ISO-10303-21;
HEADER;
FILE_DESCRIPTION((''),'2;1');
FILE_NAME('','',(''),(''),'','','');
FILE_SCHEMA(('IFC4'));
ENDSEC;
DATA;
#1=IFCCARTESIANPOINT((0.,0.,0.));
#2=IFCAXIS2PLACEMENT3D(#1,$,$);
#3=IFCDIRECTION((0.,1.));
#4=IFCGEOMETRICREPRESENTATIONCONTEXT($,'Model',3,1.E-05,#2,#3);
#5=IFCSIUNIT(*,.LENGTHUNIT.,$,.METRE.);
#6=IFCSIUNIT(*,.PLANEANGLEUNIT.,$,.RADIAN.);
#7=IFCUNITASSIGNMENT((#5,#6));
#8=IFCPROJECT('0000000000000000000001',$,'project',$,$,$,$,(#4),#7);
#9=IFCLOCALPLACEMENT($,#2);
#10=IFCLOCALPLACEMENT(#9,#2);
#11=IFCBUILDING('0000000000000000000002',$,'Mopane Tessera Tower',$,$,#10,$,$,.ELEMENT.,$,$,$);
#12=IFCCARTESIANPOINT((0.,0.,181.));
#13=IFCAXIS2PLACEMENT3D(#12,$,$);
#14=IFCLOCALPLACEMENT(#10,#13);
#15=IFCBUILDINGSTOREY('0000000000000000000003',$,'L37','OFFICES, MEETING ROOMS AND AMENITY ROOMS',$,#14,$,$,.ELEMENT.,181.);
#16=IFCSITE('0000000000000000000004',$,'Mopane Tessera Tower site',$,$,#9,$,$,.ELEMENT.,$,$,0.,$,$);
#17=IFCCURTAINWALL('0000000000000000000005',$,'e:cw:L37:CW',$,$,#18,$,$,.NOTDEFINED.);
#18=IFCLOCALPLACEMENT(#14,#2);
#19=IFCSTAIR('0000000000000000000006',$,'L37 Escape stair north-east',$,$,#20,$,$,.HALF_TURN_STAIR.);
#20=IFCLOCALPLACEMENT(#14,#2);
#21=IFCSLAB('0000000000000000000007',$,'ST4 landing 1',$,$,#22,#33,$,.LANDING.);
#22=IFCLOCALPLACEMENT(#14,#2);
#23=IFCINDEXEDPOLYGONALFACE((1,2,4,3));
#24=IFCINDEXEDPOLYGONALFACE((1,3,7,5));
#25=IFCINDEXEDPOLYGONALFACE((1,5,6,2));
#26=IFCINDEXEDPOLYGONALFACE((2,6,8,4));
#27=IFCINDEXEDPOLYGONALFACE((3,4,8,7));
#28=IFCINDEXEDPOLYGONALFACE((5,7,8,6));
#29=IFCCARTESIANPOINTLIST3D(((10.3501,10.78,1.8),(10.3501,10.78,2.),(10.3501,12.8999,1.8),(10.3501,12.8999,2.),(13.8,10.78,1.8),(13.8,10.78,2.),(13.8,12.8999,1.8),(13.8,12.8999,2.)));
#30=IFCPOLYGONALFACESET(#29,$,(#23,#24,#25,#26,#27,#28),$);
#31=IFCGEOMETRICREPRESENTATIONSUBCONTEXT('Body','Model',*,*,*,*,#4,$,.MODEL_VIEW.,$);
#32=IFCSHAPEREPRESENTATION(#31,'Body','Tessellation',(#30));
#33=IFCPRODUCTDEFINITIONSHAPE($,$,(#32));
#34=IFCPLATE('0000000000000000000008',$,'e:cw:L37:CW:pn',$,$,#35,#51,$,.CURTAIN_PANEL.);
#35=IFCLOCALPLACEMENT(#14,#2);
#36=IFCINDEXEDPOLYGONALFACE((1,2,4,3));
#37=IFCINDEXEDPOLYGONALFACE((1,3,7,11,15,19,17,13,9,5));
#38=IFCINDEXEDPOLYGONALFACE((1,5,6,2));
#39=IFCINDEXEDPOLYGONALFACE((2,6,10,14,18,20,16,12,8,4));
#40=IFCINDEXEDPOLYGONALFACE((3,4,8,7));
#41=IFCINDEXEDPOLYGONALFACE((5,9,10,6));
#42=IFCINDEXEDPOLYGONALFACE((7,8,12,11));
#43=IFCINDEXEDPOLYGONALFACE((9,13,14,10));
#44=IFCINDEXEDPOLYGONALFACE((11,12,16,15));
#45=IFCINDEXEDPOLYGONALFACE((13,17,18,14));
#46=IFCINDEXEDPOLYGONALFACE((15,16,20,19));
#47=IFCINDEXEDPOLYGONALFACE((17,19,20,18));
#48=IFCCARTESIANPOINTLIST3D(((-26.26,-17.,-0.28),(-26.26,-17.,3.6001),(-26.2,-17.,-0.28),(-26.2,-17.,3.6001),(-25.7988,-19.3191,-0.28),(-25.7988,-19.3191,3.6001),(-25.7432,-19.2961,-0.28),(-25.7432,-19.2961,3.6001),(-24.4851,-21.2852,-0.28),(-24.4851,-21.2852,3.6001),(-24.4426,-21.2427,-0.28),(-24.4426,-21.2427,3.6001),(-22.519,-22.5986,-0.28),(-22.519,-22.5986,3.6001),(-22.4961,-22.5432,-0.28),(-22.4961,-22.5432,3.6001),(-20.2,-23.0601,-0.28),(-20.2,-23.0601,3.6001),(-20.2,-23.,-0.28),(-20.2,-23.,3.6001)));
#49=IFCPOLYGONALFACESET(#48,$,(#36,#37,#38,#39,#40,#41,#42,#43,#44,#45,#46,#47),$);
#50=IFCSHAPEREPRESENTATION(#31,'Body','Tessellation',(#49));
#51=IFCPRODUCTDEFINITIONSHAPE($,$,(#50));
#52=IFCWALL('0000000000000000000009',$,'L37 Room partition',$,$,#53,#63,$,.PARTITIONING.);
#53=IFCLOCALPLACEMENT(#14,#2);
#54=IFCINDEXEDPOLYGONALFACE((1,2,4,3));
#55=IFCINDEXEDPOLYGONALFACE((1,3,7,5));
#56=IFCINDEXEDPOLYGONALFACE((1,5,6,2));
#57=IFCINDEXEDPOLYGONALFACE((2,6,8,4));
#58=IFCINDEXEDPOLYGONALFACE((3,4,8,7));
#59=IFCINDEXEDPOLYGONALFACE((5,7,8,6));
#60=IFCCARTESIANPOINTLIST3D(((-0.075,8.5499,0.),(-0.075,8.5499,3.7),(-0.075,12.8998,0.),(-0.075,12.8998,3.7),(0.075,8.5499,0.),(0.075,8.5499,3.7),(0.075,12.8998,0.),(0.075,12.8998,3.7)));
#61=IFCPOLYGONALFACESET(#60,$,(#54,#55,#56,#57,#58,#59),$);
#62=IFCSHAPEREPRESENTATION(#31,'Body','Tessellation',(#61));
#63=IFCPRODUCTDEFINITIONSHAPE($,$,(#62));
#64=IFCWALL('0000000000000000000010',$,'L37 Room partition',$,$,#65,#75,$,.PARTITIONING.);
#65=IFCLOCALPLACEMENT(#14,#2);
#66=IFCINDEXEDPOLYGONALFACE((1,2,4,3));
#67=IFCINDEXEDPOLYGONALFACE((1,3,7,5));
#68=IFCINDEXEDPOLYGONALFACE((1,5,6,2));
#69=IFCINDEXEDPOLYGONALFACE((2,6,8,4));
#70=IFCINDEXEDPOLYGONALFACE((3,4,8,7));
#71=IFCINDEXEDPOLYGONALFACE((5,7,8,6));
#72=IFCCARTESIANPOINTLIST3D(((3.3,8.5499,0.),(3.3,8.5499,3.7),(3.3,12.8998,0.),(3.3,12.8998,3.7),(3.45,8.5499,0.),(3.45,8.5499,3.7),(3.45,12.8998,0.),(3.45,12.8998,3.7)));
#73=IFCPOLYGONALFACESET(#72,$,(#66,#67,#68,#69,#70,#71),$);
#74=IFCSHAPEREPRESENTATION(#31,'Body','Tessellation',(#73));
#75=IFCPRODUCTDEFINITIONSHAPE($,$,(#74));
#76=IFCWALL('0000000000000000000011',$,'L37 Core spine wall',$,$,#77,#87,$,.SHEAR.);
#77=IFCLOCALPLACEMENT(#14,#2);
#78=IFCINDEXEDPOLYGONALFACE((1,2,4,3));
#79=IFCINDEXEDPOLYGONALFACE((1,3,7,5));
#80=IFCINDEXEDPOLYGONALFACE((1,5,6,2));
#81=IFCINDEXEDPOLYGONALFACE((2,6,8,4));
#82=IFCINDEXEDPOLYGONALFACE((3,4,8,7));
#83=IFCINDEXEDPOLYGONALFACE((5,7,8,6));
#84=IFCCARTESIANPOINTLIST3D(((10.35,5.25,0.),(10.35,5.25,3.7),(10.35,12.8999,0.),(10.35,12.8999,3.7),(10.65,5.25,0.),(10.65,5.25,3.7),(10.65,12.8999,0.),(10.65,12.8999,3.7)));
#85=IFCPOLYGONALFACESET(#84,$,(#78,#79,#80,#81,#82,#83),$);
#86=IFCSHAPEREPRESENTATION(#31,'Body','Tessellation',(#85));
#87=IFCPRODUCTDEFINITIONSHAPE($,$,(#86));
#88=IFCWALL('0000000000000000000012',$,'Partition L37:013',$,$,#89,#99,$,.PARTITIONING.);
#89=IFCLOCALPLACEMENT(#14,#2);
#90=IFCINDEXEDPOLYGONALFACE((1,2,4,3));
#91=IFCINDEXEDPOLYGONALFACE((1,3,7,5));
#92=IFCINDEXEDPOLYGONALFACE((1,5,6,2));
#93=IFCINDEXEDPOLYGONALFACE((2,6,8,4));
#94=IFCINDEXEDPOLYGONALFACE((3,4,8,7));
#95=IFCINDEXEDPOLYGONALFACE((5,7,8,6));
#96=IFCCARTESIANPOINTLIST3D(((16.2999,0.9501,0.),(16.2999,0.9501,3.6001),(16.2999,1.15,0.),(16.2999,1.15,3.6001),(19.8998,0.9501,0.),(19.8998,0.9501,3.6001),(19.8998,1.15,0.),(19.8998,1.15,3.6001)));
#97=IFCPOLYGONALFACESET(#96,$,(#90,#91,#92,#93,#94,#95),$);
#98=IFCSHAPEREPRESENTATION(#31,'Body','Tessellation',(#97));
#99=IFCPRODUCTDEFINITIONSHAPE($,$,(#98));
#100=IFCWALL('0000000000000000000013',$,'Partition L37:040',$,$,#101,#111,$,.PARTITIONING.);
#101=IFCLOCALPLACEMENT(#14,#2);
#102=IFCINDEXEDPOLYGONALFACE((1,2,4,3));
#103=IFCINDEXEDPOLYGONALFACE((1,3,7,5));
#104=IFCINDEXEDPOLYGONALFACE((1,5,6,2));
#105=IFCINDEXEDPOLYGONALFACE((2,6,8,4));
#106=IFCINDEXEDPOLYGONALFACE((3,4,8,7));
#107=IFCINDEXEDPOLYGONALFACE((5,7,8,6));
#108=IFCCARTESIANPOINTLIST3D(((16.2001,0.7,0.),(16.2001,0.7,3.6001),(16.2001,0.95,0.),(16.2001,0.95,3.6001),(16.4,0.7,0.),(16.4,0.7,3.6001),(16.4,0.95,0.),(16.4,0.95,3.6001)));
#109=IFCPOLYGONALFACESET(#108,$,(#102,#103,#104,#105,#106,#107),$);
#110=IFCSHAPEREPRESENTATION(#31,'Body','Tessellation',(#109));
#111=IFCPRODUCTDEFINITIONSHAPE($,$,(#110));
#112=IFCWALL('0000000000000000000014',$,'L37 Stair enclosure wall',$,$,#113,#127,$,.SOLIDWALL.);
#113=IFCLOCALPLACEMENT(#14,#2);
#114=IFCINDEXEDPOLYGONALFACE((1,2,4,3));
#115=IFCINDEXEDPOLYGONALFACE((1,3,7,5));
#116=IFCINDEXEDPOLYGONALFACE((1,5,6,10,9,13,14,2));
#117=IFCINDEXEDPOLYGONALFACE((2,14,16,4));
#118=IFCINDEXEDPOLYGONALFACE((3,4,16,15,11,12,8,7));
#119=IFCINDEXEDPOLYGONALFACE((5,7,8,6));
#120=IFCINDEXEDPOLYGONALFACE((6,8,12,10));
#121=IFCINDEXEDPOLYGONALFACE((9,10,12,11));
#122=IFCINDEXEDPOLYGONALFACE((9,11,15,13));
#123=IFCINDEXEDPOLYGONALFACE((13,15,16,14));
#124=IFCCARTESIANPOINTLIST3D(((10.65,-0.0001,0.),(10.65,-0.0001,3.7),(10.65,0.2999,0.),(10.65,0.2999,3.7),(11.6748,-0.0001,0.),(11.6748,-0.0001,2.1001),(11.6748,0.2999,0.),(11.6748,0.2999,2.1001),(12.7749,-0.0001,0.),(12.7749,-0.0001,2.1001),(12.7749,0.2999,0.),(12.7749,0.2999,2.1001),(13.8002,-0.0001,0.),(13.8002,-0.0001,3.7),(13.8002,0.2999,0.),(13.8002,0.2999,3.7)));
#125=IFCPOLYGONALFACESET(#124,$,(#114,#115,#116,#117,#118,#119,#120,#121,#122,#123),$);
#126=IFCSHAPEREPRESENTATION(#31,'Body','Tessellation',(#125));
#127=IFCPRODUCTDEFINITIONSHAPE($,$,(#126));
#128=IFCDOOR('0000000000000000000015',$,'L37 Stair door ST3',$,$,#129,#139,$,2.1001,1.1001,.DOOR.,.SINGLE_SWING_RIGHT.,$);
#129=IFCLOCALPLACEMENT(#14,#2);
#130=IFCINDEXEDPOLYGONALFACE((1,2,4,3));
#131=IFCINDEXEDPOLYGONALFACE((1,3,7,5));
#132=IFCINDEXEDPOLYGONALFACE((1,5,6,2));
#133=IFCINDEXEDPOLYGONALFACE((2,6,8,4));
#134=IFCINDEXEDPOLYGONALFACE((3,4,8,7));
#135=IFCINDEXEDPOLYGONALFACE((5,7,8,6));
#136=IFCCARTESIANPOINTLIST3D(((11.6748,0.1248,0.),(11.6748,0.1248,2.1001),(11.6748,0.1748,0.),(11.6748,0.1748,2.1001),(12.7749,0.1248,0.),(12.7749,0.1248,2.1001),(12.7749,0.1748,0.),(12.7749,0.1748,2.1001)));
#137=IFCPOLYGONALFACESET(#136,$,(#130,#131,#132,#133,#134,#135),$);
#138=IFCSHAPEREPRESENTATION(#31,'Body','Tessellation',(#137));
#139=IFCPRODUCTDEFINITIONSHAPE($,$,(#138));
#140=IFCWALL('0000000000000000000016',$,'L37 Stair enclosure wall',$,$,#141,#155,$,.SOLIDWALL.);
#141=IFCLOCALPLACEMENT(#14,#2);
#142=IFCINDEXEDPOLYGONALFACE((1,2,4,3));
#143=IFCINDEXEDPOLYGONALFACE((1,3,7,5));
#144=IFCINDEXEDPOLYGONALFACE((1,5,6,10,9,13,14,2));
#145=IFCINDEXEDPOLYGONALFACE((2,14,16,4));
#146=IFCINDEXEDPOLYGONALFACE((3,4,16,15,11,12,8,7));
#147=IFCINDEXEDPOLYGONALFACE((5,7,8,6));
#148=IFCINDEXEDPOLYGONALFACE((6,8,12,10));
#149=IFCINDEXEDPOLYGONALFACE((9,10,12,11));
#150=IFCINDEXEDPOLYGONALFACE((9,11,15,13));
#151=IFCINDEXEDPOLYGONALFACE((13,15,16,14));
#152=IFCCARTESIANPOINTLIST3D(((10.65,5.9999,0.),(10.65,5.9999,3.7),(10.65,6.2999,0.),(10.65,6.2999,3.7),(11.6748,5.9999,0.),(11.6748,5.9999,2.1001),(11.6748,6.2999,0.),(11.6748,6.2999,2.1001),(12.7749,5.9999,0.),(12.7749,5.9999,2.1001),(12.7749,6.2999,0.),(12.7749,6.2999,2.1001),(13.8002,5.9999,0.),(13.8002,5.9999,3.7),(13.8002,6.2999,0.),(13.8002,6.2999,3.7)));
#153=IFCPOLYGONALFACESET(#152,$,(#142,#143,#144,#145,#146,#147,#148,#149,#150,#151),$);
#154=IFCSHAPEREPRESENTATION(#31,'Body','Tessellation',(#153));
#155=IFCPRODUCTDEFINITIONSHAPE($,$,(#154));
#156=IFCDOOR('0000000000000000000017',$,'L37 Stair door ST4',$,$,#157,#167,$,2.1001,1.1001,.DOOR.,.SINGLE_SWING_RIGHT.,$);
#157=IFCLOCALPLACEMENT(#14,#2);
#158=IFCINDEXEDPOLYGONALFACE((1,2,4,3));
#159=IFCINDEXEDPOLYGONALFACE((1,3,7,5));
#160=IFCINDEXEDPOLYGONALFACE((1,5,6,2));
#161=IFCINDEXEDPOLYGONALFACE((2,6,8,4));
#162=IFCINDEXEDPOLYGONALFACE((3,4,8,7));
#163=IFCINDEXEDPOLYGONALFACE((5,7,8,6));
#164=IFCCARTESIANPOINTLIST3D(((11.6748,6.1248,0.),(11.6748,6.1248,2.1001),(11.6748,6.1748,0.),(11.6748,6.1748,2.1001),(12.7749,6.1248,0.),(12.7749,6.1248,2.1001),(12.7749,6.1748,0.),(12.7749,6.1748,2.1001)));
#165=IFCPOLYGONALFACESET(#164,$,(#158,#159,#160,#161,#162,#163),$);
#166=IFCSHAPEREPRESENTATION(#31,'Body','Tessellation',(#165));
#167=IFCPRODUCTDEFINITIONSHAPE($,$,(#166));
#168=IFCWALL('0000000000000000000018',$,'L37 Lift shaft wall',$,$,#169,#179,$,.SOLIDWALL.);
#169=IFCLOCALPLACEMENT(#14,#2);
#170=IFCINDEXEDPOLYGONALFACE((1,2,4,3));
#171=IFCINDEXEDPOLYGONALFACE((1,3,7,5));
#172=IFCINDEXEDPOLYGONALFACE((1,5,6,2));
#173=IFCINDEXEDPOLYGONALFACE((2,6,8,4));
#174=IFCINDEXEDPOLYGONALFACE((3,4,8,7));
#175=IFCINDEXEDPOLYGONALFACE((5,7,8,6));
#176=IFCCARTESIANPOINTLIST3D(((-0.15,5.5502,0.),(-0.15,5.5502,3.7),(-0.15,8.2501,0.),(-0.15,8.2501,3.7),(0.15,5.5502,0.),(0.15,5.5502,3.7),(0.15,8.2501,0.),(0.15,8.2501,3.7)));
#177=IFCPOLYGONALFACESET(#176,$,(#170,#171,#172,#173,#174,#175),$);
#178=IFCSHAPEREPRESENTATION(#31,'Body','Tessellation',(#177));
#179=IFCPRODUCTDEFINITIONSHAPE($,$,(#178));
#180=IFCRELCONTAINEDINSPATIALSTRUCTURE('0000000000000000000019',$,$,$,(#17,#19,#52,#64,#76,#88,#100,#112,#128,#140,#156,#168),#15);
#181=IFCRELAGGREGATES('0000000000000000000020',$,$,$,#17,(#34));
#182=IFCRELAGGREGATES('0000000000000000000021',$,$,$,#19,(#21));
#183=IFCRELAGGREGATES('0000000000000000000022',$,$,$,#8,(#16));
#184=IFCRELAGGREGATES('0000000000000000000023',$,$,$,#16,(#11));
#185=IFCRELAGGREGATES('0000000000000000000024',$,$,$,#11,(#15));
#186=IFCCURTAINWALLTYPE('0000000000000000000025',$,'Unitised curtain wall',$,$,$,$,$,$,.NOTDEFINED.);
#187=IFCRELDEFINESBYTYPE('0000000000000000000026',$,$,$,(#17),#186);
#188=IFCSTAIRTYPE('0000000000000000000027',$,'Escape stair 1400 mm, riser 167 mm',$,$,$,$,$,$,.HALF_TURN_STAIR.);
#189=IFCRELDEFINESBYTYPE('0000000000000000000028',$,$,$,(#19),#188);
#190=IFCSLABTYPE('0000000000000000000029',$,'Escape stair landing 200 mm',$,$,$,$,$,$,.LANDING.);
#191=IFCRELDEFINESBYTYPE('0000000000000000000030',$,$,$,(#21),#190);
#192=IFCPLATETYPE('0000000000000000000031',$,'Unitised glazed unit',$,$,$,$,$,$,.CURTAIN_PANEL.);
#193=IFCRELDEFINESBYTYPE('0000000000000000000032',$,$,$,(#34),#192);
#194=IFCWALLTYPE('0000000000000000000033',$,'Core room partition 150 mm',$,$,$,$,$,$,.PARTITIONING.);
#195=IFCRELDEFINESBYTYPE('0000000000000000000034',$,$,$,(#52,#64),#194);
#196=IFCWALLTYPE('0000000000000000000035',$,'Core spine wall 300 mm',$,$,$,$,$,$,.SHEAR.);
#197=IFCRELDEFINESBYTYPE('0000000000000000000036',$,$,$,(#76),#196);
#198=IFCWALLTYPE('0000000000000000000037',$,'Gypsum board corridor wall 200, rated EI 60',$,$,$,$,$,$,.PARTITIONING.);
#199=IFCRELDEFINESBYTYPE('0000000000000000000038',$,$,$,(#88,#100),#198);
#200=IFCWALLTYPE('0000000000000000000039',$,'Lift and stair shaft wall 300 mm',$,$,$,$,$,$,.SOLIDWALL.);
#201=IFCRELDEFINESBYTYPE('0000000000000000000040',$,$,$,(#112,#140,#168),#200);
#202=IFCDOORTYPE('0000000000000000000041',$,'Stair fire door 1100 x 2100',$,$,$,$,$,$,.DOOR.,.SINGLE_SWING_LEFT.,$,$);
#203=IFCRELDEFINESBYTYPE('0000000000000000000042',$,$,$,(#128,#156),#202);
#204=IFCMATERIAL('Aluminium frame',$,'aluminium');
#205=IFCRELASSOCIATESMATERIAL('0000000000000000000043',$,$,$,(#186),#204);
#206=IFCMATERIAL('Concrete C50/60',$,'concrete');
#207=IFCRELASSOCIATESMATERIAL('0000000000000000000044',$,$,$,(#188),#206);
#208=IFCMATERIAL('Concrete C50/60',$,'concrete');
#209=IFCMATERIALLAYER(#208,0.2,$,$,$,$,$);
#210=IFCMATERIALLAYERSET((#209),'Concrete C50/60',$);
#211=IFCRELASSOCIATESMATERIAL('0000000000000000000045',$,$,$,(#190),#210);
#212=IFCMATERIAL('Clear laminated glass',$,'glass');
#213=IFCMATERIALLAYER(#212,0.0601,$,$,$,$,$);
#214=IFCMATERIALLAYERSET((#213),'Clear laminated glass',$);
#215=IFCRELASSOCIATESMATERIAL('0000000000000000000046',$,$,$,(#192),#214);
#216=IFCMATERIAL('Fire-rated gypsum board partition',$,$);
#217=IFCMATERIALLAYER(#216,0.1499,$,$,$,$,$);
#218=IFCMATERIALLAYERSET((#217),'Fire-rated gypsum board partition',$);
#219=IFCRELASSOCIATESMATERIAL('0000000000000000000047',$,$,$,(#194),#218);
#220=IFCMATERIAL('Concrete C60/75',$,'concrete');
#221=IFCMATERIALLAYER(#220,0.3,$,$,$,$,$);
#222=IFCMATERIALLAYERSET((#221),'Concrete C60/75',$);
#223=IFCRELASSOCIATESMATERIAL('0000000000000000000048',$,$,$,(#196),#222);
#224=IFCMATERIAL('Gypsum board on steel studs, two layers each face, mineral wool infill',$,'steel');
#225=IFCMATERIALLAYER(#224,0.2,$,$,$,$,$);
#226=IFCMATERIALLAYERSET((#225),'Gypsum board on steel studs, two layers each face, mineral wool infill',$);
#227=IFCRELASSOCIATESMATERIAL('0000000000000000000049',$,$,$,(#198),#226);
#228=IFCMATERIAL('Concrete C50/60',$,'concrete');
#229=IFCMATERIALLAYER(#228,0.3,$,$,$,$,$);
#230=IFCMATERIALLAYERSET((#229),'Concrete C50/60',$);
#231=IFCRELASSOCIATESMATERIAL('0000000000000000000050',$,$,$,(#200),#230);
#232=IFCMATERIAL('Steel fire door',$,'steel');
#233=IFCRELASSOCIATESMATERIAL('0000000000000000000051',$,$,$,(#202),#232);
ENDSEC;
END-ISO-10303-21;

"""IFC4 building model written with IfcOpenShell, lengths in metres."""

from ifc_helpers import new_model, si_unit, direction, frame, frame_2d, origin, place, context, subcontext, project, spatial, polyline, rectangle, outline, extrude, material, layer, layer_set, type_object, element, fill, aggregate, save


model = new_model("IFC4")

# Units and contexts
model_context = context("Model", 3, precision=1e-05, world=origin(), true_north=direction((0.0, 1.0)))
body_context = subcontext(model_context, "Body", "Model", "MODEL_VIEW")
ifc_project = project(units=[si_unit("LENGTHUNIT", "METRE"), si_unit("PLANEANGLEUNIT", "RADIAN")], contexts=[model_context])

# Site, building, storey
site_placement = place(None, origin())
site = spatial("IfcSite", under=ifc_project, at=site_placement, Name="Mopane Tessera Tower site", CompositionType="ELEMENT", RefElevation=0.0)
building_placement = place(site_placement, origin())
building = spatial("IfcBuilding", under=site, at=building_placement, Name="Mopane Tessera Tower", CompositionType="ELEMENT")
storey_placement = place(building_placement, frame((0.0, 0.0, 181.0)))
storey = spatial("IfcBuildingStorey", under=building, at=storey_placement, Name="L37", Description="OFFICES, MEETING ROOMS AND AMENITY ROOMS", CompositionType="ELEMENT", Elevation=181.0)

# Curtain wall
ifc_material_1 = material(Name="Aluminium frame", Category="aluminium")
curtain_wall_type = type_object("IfcCurtainWallType", Name="Unitised curtain wall", PredefinedType="NOTDEFINED", material=ifc_material_1)
curtain_wall_placement = place(storey_placement, origin())
curtain_wall = element("IfcCurtainWall", 1, at=curtain_wall_placement, inside=storey, type_object=curtain_wall_type, Name="e:cw:L37:CW", PredefinedType="NOTDEFINED")

# Stair, slab
ifc_material_2 = material(Name="Concrete C50/60", Category="concrete")
stair_type = type_object("IfcStairType", Name="Escape stair 1400 mm, riser 167 mm", PredefinedType="HALF_TURN_STAIR", material=ifc_material_2)
ifc_material_3 = material(Name="Concrete C50/60", Category="concrete")
ifc_layer_1 = layer(ifc_material_3, 0.2)
ifc_layer_set_1 = layer_set([ifc_layer_1], Name="Concrete C50/60")
slab_type_1 = type_object("IfcSlabType", Name="Escape stair landing 200 mm", PredefinedType="LANDING", material=ifc_layer_set_1)
stair_1_placement = place(storey_placement, origin())
stair_1 = element("IfcStair", 2, at=stair_1_placement, inside=storey, type_object=stair_type, Name="L37 Escape stair north-east", PredefinedType="HALF_TURN_STAIR")
slab_1_placement = place(storey_placement, frame((0.0, 0.0, 1.8)))
slab_1 = element("IfcSlab", 3, at=slab_1_placement, type_object=slab_type_1, Name="ST4 landing 1", PredefinedType="LANDING", context=body_context, shape_type="SweptSolid", body=[
    extrude(outline(polyline([(13.8, 10.78), (13.8, 12.8999), (10.3501, 12.8999), (10.3501, 10.78), (13.8, 10.78)])), origin(), (0.0, 0.0, 1.0), 0.2),
])

# Plate
ifc_material_4 = material(Name="Clear laminated glass", Category="glass")
ifc_layer_2 = layer(ifc_material_4, 0.0601)
ifc_layer_set_2 = layer_set([ifc_layer_2], Name="Clear laminated glass")
plate_type = type_object("IfcPlateType", Name="Unitised glazed unit", PredefinedType="CURTAIN_PANEL", material=ifc_layer_set_2)
plate_placement = place(storey_placement, frame((0.0, 0.0, -0.28)))
plate = element("IfcPlate", 4, at=plate_placement, type_object=plate_type, Name="e:cw:L37:CW:pn", PredefinedType="CURTAIN_PANEL", context=body_context, shape_type="SweptSolid", body=[
    extrude(outline(polyline([(-26.2, -17.0), (-25.7432, -19.2961), (-24.4426, -21.2427), (-22.4961, -22.5432), (-20.2, -23.0), (-20.2, -23.0601), (-22.519, -22.5986), (-24.4851, -21.2852), (-25.7988, -19.3191), (-26.26, -17.0), (-26.2, -17.0)])), origin(), (0.0, 0.0, 1.0), 3.8801),
])
aggregate(curtain_wall, [plate])

# Walls
ifc_material_5 = material(Name="Fire-rated gypsum board partition")
ifc_layer_3 = layer(ifc_material_5, 0.1499)
ifc_layer_set_3 = layer_set([ifc_layer_3], Name="Fire-rated gypsum board partition")
wall_type_1 = type_object("IfcWallType", Name="Core room partition 150 mm", PredefinedType="PARTITIONING", material=ifc_layer_set_3)
for number, where, z_axis, x_axis, name in (
    (5, (0.0, 8.55, 0.0), (0.0, 0.0, 1.0), (0.0, 1.0, 0.0), "L37 Room partition"),
    (6, (3.375, 8.55, 0.0), (0.0, 0.0, 1.0), (0.0, 1.0, 0.0), "L37 Room partition"),
):
    element("IfcWall", number, at=place(storey_placement, frame(where, z_axis=z_axis, x_axis=x_axis)), inside=storey, type_object=wall_type_1, Name=name, PredefinedType="PARTITIONING", context=body_context, shape_type="SweptSolid", body=[
        extrude(rectangle(XDim=4.3499, YDim=0.1499, at=frame_2d((2.1748, 0.0))), origin(), (0.0, 0.0, 1.0), 3.7),
    ])
ifc_material_6 = material(Name="Concrete C60/75", Category="concrete")
ifc_layer_4 = layer(ifc_material_6, 0.3)
ifc_layer_set_4 = layer_set([ifc_layer_4], Name="Concrete C60/75")
wall_type_2 = type_object("IfcWallType", Name="Core spine wall 300 mm", PredefinedType="SHEAR", material=ifc_layer_set_4)
wall_1_placement = place(storey_placement, frame((10.5, 5.25, 0.0), z_axis=(0.0, 0.0, 1.0), x_axis=(0.0, 1.0, 0.0)))
element("IfcWall", 7, at=wall_1_placement, inside=storey, type_object=wall_type_2, Name="L37 Core spine wall", PredefinedType="SHEAR", context=body_context, shape_type="SweptSolid", body=[
    extrude(rectangle(XDim=7.6499, YDim=0.3, at=frame_2d((3.825, 0.0))), origin(), (0.0, 0.0, 1.0), 3.7),
])
ifc_material_7 = material(Name="Gypsum board on steel studs, two layers each face, mineral wool infill", Category="steel")
ifc_layer_5 = layer(ifc_material_7, 0.2)
ifc_layer_set_5 = layer_set([ifc_layer_5], Name="Gypsum board on steel studs, two layers each face, mineral wool infill")
wall_type_3 = type_object("IfcWallType", Name="Gypsum board corridor wall 200, rated EI 60", PredefinedType="PARTITIONING", material=ifc_layer_set_5)
wall_2_placement = place(storey_placement, frame((16.3, 1.05, 0.0), z_axis=(0.0, 0.0, 1.0), x_axis=(1.0, 0.0, 0.0)))
element("IfcWall", 8, at=wall_2_placement, inside=storey, type_object=wall_type_3, Name="Partition L37:013", PredefinedType="PARTITIONING", context=body_context, shape_type="SweptSolid", body=[
    extrude(rectangle(XDim=3.5999, YDim=0.2, at=frame_2d((1.7998, 0.0))), origin(), (0.0, 0.0, 1.0), 3.6001),
])
wall_3_placement = place(storey_placement, frame((16.3, 0.7, 0.0), z_axis=(0.0, 0.0, 1.0), x_axis=(0.0, 1.0, 0.0)))
element("IfcWall", 9, at=wall_3_placement, inside=storey, type_object=wall_type_3, Name="Partition L37:040", PredefinedType="PARTITIONING", context=body_context, shape_type="SweptSolid", body=[
    extrude(rectangle(XDim=0.25, YDim=0.2, at=frame_2d((0.125, 0.0))), origin(), (0.0, 0.0, 1.0), 3.6001),
])

# Walls, openings, doors
ifc_material_8 = material(Name="Concrete C50/60", Category="concrete")
ifc_layer_6 = layer(ifc_material_8, 0.3)
ifc_layer_set_6 = layer_set([ifc_layer_6], Name="Concrete C50/60")
wall_type_4 = type_object("IfcWallType", Name="Lift and stair shaft wall 300 mm", PredefinedType="SOLIDWALL", material=ifc_layer_set_6)
wall_4_placement = place(storey_placement, frame((10.6499, 0.1499, 0.0), z_axis=(0.0, 0.0, 1.0), x_axis=(1.0, 0.0, 0.0)))
wall_4 = element("IfcWall", 10, at=wall_4_placement, inside=storey, type_object=wall_type_4, Name="L37 Stair enclosure wall", PredefinedType="SOLIDWALL", context=body_context, shape_type="SweptSolid", body=[
    extrude(rectangle(XDim=3.1501, YDim=0.3, at=frame_2d((1.5752, 0.0))), origin(), (0.0, 0.0, 1.0), 3.7),
])
opening_1_placement = place(wall_4_placement, frame((1.0249, 0.0, 0.0)))
opening_1 = element("IfcOpeningElement", 11, at=opening_1_placement, cuts=wall_4, PredefinedType="OPENING", context=body_context, shape_type="SweptSolid", body=[
    extrude(rectangle(XDim=1.1001, YDim=2.1001, at=frame_2d((0.55, 1.05))), frame((0.0, 0.1621, 0.0), z_axis=(0.0, -1.0, 0.0), x_axis=(1.0, 0.0, 0.0)), (0.0, 0.0, 1.0), 0.324),
])
ifc_material_9 = material(Name="Steel fire door", Category="steel")
door_type = type_object("IfcDoorType", Name="Stair fire door 1100 x 2100", OperationType="SINGLE_SWING_LEFT", PredefinedType="DOOR", material=ifc_material_9)
door_1_placement = place(opening_1_placement, origin())
door_1 = element("IfcDoor", 12, at=door_1_placement, inside=storey, type_object=door_type, Name="L37 Stair door ST3", OperationType="SINGLE_SWING_RIGHT", OverallHeight=2.1001, OverallWidth=1.1001, PredefinedType="DOOR", context=body_context, shape_type="SweptSolid", body=[
    extrude(rectangle(XDim=1.1001, YDim=2.1001, at=frame_2d((0.55, 1.05))), frame((0.0, 0.0249, 0.0), z_axis=(0.0, -1.0, 0.0), x_axis=(1.0, 0.0, 0.0)), (0.0, 0.0, 1.0), 0.05),
])
fill(opening_1, door_1)
wall_5_placement = place(storey_placement, frame((10.6499, 6.1499, 0.0), z_axis=(0.0, 0.0, 1.0), x_axis=(1.0, 0.0, 0.0)))
wall_5 = element("IfcWall", 13, at=wall_5_placement, inside=storey, type_object=wall_type_4, Name="L37 Stair enclosure wall", PredefinedType="SOLIDWALL", context=body_context, shape_type="SweptSolid", body=[
    extrude(rectangle(XDim=3.1501, YDim=0.3, at=frame_2d((1.5752, 0.0))), origin(), (0.0, 0.0, 1.0), 3.7),
])
opening_2_placement = place(wall_5_placement, frame((1.0249, 0.0, 0.0)))
opening_2 = element("IfcOpeningElement", 14, at=opening_2_placement, cuts=wall_5, PredefinedType="OPENING", context=body_context, shape_type="SweptSolid", body=[
    extrude(rectangle(XDim=1.1001, YDim=2.1001, at=frame_2d((0.55, 1.05))), frame((0.0, 0.1621, 0.0), z_axis=(0.0, -1.0, 0.0), x_axis=(1.0, 0.0, 0.0)), (0.0, 0.0, 1.0), 0.324),
])
door_2_placement = place(opening_2_placement, origin())
door_2 = element("IfcDoor", 15, at=door_2_placement, inside=storey, type_object=door_type, Name="L37 Stair door ST4", OperationType="SINGLE_SWING_RIGHT", OverallHeight=2.1001, OverallWidth=1.1001, PredefinedType="DOOR", context=body_context, shape_type="SweptSolid", body=[
    extrude(rectangle(XDim=1.1001, YDim=2.1001, at=frame_2d((0.55, 1.05))), frame((0.0, 0.0249, 0.0), z_axis=(0.0, -1.0, 0.0), x_axis=(1.0, 0.0, 0.0)), (0.0, 0.0, 1.0), 0.05),
])
fill(opening_2, door_2)

# Wall
for number, where, z_axis, x_axis, name in (
    (16, (0.0, 5.55, 0.0), (0.0, 0.0, 1.0), (0.0, 1.0, 0.0), "L37 Lift shaft wall"),
):
    element("IfcWall", number, at=place(storey_placement, frame(where, z_axis=z_axis, x_axis=x_axis)), inside=storey, type_object=wall_type_4, Name=name, PredefinedType="SOLIDWALL", context=body_context, shape_type="SweptSolid", body=[
        extrude(rectangle(XDim=2.7, YDim=0.3, at=frame_2d((1.3501, 0.0))), origin(), (0.0, 0.0, 1.0), 3.7),
    ])

aggregate(stair_1, [slab_1])

save(model, "model.ifc")
